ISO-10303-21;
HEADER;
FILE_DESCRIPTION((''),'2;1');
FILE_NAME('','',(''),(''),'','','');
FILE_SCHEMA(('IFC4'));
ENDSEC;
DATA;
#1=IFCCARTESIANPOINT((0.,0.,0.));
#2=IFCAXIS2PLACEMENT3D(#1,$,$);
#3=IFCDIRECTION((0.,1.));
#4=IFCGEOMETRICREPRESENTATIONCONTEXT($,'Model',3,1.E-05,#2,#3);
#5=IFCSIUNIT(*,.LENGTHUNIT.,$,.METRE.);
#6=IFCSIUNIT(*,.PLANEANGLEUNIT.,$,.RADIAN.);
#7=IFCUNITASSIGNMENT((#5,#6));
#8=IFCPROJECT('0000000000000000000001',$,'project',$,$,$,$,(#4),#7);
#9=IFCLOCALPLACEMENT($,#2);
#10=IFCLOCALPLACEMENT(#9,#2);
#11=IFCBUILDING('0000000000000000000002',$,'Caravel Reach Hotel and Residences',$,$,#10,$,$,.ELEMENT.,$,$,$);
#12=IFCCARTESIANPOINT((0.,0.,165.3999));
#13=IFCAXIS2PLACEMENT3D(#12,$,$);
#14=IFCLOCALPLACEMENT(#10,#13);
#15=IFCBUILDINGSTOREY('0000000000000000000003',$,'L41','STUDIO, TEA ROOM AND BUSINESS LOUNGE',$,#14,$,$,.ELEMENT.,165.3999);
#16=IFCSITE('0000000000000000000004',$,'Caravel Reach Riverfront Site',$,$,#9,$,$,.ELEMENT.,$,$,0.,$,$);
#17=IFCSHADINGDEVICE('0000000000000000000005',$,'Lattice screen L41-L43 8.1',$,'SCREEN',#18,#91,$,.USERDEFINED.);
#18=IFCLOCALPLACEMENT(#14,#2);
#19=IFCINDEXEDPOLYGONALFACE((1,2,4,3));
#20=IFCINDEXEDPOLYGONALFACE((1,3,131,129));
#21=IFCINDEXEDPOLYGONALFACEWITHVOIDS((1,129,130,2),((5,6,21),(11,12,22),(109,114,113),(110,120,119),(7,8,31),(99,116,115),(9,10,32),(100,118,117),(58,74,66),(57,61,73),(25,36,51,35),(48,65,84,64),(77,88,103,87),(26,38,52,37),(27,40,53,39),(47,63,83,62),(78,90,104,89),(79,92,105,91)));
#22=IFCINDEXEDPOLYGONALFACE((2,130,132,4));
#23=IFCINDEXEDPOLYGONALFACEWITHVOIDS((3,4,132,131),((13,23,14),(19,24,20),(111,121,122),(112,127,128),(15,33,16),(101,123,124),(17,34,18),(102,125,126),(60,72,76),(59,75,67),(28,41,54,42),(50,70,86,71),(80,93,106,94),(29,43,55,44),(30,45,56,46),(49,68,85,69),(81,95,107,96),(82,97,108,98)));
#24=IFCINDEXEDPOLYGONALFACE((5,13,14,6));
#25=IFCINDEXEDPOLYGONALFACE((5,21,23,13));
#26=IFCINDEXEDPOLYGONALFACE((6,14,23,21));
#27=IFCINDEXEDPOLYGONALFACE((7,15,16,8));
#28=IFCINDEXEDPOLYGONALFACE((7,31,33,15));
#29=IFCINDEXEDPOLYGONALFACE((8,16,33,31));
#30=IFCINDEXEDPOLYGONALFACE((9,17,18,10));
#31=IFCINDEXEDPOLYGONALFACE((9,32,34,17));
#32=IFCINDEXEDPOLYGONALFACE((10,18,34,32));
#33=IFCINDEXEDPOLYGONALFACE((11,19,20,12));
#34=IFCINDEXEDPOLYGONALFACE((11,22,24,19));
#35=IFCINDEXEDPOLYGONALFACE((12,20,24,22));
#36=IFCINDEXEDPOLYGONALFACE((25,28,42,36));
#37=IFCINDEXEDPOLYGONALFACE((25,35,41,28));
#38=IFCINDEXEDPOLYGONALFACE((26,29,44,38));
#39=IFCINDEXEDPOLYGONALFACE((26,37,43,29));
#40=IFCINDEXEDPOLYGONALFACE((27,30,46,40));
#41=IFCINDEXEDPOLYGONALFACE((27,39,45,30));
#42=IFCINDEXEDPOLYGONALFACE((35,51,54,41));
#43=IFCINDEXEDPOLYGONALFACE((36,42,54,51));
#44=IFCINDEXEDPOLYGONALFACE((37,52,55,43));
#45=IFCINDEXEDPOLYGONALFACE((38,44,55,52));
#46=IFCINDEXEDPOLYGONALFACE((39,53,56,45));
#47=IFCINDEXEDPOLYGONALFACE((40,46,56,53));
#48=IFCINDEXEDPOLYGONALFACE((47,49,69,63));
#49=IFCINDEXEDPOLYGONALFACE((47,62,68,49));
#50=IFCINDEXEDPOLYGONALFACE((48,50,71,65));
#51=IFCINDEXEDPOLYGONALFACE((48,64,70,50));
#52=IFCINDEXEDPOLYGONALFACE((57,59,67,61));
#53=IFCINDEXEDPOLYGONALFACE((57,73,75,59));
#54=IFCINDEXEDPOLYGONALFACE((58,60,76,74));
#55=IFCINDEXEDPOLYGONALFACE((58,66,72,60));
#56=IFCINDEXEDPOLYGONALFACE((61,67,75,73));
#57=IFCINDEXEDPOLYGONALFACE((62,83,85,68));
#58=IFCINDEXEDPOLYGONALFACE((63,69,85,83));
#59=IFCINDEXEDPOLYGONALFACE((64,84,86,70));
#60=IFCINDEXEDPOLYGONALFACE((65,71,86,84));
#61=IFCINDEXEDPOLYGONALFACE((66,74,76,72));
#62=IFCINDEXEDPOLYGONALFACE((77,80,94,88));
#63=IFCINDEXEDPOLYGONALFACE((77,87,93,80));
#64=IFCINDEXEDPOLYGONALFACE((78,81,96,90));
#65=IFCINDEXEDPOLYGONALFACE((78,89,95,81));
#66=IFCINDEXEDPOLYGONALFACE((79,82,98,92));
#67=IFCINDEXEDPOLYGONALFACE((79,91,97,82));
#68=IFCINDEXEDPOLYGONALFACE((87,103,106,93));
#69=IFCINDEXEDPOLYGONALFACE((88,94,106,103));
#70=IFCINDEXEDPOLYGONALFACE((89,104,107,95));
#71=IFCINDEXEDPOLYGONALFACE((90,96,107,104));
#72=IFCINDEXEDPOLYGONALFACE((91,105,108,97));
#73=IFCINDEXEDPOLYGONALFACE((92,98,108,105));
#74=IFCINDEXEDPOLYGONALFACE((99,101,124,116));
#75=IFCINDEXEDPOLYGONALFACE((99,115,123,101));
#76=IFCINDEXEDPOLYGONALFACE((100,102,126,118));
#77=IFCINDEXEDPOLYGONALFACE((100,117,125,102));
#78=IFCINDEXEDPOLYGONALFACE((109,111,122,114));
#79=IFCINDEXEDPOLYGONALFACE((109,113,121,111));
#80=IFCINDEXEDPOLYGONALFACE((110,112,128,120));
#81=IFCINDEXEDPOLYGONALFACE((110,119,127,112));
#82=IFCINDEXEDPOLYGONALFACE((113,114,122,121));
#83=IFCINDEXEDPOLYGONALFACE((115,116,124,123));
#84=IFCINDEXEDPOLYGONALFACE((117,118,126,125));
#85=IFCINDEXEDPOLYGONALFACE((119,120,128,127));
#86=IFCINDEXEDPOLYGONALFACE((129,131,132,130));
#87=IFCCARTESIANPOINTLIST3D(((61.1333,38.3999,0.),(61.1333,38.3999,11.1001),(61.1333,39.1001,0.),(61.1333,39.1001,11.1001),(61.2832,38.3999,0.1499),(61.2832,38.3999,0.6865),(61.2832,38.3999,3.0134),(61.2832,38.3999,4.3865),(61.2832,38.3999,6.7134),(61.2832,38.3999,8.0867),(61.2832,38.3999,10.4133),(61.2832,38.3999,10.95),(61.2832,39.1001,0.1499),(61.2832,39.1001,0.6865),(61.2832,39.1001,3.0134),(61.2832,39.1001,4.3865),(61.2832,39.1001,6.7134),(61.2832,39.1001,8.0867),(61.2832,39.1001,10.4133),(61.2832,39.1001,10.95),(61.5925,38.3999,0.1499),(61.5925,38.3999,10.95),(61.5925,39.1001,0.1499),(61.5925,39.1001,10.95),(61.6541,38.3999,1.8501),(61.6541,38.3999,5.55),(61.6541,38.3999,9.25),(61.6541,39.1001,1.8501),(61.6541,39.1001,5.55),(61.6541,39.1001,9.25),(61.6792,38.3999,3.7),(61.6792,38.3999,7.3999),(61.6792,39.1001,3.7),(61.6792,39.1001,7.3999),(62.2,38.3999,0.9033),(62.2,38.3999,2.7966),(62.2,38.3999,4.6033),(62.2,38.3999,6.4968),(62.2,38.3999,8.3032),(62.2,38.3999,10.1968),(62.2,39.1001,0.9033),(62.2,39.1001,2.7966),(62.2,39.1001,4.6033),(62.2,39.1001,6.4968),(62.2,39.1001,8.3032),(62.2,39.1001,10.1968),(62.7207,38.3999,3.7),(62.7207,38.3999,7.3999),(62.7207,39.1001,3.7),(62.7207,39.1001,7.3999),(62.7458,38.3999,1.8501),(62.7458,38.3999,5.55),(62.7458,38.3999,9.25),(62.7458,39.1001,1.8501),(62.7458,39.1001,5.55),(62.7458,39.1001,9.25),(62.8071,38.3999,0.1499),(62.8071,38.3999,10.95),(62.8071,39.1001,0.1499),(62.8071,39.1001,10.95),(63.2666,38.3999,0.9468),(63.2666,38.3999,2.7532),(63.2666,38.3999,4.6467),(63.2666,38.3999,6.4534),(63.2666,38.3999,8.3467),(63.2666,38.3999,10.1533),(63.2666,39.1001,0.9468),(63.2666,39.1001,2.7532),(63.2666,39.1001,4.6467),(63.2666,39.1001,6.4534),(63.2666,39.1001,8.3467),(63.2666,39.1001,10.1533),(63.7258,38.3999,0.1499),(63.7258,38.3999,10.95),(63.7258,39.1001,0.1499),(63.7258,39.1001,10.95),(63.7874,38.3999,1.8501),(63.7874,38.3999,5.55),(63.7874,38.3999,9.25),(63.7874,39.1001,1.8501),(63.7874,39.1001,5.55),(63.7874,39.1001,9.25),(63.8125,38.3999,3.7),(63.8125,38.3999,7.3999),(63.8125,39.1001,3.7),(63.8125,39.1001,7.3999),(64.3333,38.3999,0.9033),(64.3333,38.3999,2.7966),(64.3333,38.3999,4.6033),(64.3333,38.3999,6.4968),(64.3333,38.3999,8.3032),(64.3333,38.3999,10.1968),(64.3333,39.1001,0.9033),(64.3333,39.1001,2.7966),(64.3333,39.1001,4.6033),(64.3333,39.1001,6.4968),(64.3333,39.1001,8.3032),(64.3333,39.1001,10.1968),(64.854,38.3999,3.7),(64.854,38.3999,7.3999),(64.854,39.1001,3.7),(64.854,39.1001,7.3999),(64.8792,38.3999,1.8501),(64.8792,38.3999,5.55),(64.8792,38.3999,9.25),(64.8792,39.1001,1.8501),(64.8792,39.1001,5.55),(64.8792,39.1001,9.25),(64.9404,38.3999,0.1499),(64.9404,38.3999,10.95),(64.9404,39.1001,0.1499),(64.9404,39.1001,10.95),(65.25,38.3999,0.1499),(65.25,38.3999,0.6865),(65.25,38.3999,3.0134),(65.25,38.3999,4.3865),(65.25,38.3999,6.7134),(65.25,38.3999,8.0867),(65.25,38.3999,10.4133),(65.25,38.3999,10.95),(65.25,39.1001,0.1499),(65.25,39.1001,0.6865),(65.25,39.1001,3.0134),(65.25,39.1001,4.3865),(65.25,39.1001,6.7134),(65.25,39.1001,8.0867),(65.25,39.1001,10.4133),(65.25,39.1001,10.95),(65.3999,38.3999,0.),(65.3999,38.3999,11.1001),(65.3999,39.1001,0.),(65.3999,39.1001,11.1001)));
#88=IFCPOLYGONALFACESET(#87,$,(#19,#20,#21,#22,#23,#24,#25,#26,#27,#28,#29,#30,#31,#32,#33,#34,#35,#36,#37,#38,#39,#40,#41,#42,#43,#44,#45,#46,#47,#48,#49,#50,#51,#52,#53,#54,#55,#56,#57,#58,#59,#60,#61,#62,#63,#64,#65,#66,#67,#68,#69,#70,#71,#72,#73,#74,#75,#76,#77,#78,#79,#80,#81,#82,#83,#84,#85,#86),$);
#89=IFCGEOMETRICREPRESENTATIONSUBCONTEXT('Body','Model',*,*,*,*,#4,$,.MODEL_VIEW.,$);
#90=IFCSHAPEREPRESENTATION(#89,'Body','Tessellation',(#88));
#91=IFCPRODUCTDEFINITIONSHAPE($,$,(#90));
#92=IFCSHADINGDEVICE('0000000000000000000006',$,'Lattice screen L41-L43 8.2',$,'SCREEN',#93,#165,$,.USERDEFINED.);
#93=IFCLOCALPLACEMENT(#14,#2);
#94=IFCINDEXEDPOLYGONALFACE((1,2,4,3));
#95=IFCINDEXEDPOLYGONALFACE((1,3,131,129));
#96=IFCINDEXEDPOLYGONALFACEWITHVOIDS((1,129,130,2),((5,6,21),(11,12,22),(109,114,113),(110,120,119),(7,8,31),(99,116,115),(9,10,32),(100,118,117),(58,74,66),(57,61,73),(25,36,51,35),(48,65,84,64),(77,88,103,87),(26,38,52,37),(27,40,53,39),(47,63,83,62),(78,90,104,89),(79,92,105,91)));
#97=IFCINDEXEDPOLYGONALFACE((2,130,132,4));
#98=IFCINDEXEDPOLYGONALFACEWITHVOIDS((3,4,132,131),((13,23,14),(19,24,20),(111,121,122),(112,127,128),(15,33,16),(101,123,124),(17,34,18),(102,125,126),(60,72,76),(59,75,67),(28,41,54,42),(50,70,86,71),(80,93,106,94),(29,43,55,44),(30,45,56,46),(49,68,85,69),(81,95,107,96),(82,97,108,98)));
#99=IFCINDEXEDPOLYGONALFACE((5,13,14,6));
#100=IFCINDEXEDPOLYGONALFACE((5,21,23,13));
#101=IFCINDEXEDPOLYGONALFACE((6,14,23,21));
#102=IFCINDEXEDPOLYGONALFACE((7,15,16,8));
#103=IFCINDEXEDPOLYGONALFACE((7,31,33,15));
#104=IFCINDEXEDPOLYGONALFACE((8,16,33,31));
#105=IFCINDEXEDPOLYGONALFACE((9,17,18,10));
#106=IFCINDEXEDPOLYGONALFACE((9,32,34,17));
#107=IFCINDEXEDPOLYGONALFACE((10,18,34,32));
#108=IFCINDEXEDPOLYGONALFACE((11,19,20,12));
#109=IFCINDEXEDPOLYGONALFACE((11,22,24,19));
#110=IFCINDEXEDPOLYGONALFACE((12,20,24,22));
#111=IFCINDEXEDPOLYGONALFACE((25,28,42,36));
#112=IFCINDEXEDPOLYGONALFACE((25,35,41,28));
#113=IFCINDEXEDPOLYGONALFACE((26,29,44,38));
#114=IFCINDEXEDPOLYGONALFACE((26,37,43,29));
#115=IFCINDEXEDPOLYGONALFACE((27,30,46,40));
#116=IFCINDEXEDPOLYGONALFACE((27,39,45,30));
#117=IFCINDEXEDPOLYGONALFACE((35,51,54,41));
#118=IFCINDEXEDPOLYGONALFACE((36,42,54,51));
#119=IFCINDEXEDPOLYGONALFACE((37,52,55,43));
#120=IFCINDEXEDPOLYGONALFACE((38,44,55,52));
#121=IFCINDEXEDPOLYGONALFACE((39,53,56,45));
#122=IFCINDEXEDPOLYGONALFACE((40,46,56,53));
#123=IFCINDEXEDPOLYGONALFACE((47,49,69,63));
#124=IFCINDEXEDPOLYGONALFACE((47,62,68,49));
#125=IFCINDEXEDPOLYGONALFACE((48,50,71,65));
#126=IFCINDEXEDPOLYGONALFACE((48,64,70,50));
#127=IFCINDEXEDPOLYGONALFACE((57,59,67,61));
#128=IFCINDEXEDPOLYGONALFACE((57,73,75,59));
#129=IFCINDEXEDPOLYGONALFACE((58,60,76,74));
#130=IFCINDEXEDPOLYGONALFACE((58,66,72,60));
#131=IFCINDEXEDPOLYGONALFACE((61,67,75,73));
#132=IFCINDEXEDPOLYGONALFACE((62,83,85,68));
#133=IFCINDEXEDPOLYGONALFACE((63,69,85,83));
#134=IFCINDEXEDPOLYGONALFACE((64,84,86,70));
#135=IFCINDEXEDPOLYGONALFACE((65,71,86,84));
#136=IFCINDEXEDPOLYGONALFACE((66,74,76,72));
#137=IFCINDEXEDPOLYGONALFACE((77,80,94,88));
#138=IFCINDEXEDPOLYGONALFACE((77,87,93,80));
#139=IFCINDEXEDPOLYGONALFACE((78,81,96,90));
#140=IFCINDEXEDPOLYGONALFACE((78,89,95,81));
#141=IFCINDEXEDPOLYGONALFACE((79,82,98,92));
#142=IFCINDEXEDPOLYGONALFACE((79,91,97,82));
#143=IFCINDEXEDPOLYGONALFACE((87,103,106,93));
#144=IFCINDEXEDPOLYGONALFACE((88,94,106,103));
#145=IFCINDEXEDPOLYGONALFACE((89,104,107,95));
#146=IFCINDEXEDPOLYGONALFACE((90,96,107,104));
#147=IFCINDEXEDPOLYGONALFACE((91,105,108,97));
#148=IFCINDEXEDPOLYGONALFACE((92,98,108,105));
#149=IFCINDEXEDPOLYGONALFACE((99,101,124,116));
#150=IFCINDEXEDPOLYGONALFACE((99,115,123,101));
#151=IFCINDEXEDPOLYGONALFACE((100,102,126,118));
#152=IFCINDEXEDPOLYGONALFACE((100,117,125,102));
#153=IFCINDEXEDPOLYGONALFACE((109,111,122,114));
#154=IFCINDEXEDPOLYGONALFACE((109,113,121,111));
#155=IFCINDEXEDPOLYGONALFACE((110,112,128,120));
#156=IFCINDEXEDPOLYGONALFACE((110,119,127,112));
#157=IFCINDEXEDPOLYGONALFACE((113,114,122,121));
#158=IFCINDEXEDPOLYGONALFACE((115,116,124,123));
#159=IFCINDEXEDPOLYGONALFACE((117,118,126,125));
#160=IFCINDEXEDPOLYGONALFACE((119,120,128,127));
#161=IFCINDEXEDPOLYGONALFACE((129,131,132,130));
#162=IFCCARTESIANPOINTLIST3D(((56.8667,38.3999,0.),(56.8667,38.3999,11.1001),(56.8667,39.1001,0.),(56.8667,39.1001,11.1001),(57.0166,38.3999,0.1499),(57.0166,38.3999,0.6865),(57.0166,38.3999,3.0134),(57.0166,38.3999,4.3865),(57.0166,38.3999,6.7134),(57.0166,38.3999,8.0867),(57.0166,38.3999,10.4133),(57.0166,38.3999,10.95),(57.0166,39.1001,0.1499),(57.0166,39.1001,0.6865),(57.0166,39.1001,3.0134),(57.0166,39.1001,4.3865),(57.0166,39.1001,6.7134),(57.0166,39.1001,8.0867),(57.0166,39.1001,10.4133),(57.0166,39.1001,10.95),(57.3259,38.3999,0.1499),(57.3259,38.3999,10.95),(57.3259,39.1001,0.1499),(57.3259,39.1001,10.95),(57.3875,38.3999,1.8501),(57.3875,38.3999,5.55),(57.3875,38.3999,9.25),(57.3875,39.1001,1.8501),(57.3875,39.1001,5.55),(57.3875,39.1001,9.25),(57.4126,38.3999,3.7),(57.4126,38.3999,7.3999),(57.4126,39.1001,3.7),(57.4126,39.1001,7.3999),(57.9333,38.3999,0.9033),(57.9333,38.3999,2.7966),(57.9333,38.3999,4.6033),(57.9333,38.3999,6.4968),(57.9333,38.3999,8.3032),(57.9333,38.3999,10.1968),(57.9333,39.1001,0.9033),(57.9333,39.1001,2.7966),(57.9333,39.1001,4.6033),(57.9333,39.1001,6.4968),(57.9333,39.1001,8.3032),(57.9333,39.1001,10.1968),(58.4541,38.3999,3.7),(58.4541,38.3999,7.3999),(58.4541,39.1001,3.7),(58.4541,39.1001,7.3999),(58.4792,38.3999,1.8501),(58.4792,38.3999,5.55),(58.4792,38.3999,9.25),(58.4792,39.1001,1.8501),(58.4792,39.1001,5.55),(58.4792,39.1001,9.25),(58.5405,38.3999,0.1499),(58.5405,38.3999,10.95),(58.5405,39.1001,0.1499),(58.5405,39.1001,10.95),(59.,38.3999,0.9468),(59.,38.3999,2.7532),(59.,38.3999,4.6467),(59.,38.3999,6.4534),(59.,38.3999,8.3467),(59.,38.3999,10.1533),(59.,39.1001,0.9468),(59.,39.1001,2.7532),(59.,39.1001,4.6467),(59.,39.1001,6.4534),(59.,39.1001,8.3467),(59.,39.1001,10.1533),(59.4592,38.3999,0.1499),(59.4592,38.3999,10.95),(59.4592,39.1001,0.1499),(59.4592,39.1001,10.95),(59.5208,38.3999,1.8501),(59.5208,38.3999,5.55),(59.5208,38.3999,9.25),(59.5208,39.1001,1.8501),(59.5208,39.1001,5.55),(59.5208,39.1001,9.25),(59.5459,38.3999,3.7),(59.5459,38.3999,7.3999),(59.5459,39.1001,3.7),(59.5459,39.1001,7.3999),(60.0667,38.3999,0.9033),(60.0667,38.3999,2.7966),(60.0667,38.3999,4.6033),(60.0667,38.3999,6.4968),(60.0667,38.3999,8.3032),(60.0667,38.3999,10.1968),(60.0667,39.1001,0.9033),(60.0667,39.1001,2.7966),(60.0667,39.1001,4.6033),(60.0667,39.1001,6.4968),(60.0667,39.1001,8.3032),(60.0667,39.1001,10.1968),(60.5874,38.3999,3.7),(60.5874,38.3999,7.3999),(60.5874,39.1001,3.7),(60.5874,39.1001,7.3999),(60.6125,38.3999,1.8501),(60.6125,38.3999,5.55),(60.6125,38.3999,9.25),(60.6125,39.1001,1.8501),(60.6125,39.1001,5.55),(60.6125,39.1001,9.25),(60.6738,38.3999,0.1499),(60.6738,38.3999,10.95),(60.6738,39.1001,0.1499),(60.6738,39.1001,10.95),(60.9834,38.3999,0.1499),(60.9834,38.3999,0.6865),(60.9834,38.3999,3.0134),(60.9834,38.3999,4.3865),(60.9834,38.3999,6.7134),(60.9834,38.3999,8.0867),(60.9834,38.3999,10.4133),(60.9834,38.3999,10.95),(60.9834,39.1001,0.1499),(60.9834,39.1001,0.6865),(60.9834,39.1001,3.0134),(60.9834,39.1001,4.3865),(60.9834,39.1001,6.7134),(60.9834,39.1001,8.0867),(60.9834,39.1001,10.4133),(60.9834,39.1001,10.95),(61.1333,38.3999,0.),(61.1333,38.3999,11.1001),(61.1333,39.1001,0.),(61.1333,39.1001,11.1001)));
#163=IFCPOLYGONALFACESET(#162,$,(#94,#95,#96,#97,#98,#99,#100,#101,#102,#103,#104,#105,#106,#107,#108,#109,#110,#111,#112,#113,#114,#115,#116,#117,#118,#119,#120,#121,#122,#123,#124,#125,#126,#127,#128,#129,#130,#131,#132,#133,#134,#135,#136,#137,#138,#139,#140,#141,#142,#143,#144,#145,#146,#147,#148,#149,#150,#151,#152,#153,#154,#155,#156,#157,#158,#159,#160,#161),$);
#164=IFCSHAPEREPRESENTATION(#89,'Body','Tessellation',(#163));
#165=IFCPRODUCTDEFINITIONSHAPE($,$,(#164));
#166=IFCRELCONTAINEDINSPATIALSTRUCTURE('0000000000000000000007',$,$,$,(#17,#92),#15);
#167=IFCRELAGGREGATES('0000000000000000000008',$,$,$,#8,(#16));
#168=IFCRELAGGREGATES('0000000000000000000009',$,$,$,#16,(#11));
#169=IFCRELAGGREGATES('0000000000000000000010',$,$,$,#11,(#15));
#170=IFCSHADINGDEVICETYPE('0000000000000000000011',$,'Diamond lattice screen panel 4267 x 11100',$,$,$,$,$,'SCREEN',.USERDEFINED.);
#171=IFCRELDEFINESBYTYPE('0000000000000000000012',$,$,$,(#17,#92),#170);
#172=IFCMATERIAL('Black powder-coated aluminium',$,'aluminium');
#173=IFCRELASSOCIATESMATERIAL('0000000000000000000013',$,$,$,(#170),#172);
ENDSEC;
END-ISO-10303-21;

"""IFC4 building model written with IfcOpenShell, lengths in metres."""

from ifc_helpers import new_model, si_unit, direction, frame, origin, place, context, subcontext, project, spatial, polyline, outline, extrude, material, type_object, element, save


model = new_model("IFC4")

# Units and contexts
model_context = context("Model", 3, precision=1e-05, world=origin(), true_north=direction((0.0, 1.0)))
body_context = subcontext(model_context, "Body", "Model", "MODEL_VIEW")
ifc_project = project(units=[si_unit("LENGTHUNIT", "METRE"), si_unit("PLANEANGLEUNIT", "RADIAN")], contexts=[model_context])

# Site, building, storey
site_placement = place(None, origin())
site = spatial("IfcSite", under=ifc_project, at=site_placement, Name="Caravel Reach Riverfront Site", CompositionType="ELEMENT", RefElevation=0.0)
building_placement = place(site_placement, origin())
building = spatial("IfcBuilding", under=site, at=building_placement, Name="Caravel Reach Hotel and Residences", CompositionType="ELEMENT")
storey_placement = place(building_placement, frame((0.0, 0.0, 165.3999)))
storey = spatial("IfcBuildingStorey", under=building, at=storey_placement, Name="L41", Description="STUDIO, TEA ROOM AND BUSINESS LOUNGE", CompositionType="ELEMENT", Elevation=165.3999)

# Shading devices
ifc_material_1 = material(Name="Black powder-coated aluminium", Category="aluminium")
shading_device_type_1 = type_object("IfcShadingDeviceType", Name="Diamond lattice screen panel 4267 x 11100", ElementType="SCREEN", PredefinedType="USERDEFINED", material=ifc_material_1)
shading_device_1_placement = place(storey_placement, frame((65.3999, 38.3999, 0.0), z_axis=(0.0, 1.0, 0.0), x_axis=(-1.0, 0.0, 0.0)))
element("IfcShadingDevice", 1, at=shading_device_1_placement, inside=storey, type_object=shading_device_type_1, Name="Lattice screen L41-L43 8.1", ObjectType="SCREEN", PredefinedType="USERDEFINED", context=body_context, shape_type="SweptSolid", body=[
    extrude(outline(polyline([(0.0, 0.0), (4.2666, 0.0), (4.2666, 11.1001), (0.0, 11.1001), (0.0, 0.0)]), holes=[polyline([(0.4595, 0.1499), (0.1499, 0.6865), (0.1499, 0.1499), (0.4595, 0.1499)]), polyline([(0.5459, 3.7), (0.1499, 4.3865), (0.1499, 3.0134), (0.5459, 3.7)]), polyline([(0.5459, 7.3999), (0.1499, 8.0867), (0.1499, 6.7134), (0.5459, 7.3999)]), polyline([(0.1499, 10.4133), (0.4595, 10.95), (0.1499, 10.95), (0.1499, 10.4133)]), polyline([(1.0667, 2.7966), (0.5208, 1.8501), (1.0667, 0.9033), (1.6125, 1.8501), (1.0667, 2.7966)]), polyline([(1.0667, 6.4968), (0.5208, 5.55), (1.0667, 4.6033), (1.6125, 5.55), (1.0667, 6.4968)]), polyline([(1.0667, 10.1968), (0.5208, 9.25), (1.0667, 8.3032), (1.6125, 9.25), (1.0667, 10.1968)]), polyline([(2.1333, 0.9468), (1.6741, 0.1499), (2.5928, 0.1499), (2.1333, 0.9468)]), polyline([(2.1333, 4.6467), (1.5874, 3.7), (2.1333, 2.7532), (2.6792, 3.7), (2.1333, 4.6467)]), polyline([(2.1333, 8.3467), (1.5874, 7.3999), (2.1333, 6.4534), (2.6792, 7.3999), (2.1333, 8.3467)]), polyline([(2.1333, 10.1533), (2.5928, 10.95), (1.6741, 10.95), (2.1333, 10.1533)]), polyline([(3.2, 2.7966), (2.6541, 1.8501), (3.2, 0.9033), (3.7458, 1.8501), (3.2, 2.7966)]), polyline([(3.2, 6.4968), (2.6541, 5.55), (3.2, 4.6033), (3.7458, 5.55), (3.2, 6.4968)]), polyline([(3.2, 10.1968), (2.6541, 9.25), (3.2, 8.3032), (3.7458, 9.25), (3.2, 10.1968)]), polyline([(4.1167, 0.6865), (3.8074, 0.1499), (4.1167, 0.1499), (4.1167, 0.6865)]), polyline([(3.7207, 3.7), (4.1167, 3.0134), (4.1167, 4.3865), (3.7207, 3.7)]), polyline([(3.7207, 7.3999), (4.1167, 6.7134), (4.1167, 8.0867), (3.7207, 7.3999)]), polyline([(3.8074, 10.95), (4.1167, 10.4133), (4.1167, 10.95), (3.8074, 10.95)])]), origin(), (0.0, 0.0, 1.0), 0.7002),
])
shading_device_2_placement = place(storey_placement, frame((61.1333, 38.3999, 0.0), z_axis=(0.0, 1.0, 0.0), x_axis=(-1.0, 0.0, 0.0)))
element("IfcShadingDevice", 2, at=shading_device_2_placement, inside=storey, type_object=shading_device_type_1, Name="Lattice screen L41-L43 8.2", ObjectType="SCREEN", PredefinedType="USERDEFINED", context=body_context, shape_type="SweptSolid", body=[
    extrude(outline(polyline([(0.0, 0.0), (4.2666, 0.0), (4.2666, 11.1001), (0.0, 11.1001), (0.0, 0.0)]), holes=[polyline([(0.4595, 0.1499), (0.1499, 0.6865), (0.1499, 0.1499), (0.4595, 0.1499)]), polyline([(0.5459, 3.7), (0.1499, 4.3865), (0.1499, 3.0134), (0.5459, 3.7)]), polyline([(0.5459, 7.3999), (0.1499, 8.0867), (0.1499, 6.7134), (0.5459, 7.3999)]), polyline([(0.1499, 10.4133), (0.4595, 10.95), (0.1499, 10.95), (0.1499, 10.4133)]), polyline([(1.0667, 2.7966), (0.5208, 1.8501), (1.0667, 0.9033), (1.6125, 1.8501), (1.0667, 2.7966)]), polyline([(1.0667, 6.4968), (0.5208, 5.55), (1.0667, 4.6033), (1.6125, 5.55), (1.0667, 6.4968)]), polyline([(1.0667, 10.1968), (0.5208, 9.25), (1.0667, 8.3032), (1.6125, 9.25), (1.0667, 10.1968)]), polyline([(2.1333, 0.9468), (1.6741, 0.1499), (2.5928, 0.1499), (2.1333, 0.9468)]), polyline([(2.1333, 4.6467), (1.5874, 3.7), (2.1333, 2.7532), (2.6792, 3.7), (2.1333, 4.6467)]), polyline([(2.1333, 8.3467), (1.5874, 7.3999), (2.1333, 6.4534), (2.6792, 7.3999), (2.1333, 8.3467)]), polyline([(2.1333, 10.1533), (2.5928, 10.95), (1.6741, 10.95), (2.1333, 10.1533)]), polyline([(3.2, 2.7966), (2.6541, 1.8501), (3.2, 0.9033), (3.7458, 1.8501), (3.2, 2.7966)]), polyline([(3.2, 6.4968), (2.6541, 5.55), (3.2, 4.6033), (3.7458, 5.55), (3.2, 6.4968)]), polyline([(3.2, 10.1968), (2.6541, 9.25), (3.2, 8.3032), (3.7458, 9.25), (3.2, 10.1968)]), polyline([(4.1167, 0.6865), (3.8074, 0.1499), (4.1167, 0.1499), (4.1167, 0.6865)]), polyline([(3.7207, 3.7), (4.1167, 3.0134), (4.1167, 4.3865), (3.7207, 3.7)]), polyline([(3.7207, 7.3999), (4.1167, 6.7134), (4.1167, 8.0867), (3.7207, 7.3999)]), polyline([(3.8074, 10.95), (4.1167, 10.4133), (4.1167, 10.95), (3.8074, 10.95)])]), origin(), (0.0, 0.0, 1.0), 0.7002),
])

save(model, "model.ifc")
